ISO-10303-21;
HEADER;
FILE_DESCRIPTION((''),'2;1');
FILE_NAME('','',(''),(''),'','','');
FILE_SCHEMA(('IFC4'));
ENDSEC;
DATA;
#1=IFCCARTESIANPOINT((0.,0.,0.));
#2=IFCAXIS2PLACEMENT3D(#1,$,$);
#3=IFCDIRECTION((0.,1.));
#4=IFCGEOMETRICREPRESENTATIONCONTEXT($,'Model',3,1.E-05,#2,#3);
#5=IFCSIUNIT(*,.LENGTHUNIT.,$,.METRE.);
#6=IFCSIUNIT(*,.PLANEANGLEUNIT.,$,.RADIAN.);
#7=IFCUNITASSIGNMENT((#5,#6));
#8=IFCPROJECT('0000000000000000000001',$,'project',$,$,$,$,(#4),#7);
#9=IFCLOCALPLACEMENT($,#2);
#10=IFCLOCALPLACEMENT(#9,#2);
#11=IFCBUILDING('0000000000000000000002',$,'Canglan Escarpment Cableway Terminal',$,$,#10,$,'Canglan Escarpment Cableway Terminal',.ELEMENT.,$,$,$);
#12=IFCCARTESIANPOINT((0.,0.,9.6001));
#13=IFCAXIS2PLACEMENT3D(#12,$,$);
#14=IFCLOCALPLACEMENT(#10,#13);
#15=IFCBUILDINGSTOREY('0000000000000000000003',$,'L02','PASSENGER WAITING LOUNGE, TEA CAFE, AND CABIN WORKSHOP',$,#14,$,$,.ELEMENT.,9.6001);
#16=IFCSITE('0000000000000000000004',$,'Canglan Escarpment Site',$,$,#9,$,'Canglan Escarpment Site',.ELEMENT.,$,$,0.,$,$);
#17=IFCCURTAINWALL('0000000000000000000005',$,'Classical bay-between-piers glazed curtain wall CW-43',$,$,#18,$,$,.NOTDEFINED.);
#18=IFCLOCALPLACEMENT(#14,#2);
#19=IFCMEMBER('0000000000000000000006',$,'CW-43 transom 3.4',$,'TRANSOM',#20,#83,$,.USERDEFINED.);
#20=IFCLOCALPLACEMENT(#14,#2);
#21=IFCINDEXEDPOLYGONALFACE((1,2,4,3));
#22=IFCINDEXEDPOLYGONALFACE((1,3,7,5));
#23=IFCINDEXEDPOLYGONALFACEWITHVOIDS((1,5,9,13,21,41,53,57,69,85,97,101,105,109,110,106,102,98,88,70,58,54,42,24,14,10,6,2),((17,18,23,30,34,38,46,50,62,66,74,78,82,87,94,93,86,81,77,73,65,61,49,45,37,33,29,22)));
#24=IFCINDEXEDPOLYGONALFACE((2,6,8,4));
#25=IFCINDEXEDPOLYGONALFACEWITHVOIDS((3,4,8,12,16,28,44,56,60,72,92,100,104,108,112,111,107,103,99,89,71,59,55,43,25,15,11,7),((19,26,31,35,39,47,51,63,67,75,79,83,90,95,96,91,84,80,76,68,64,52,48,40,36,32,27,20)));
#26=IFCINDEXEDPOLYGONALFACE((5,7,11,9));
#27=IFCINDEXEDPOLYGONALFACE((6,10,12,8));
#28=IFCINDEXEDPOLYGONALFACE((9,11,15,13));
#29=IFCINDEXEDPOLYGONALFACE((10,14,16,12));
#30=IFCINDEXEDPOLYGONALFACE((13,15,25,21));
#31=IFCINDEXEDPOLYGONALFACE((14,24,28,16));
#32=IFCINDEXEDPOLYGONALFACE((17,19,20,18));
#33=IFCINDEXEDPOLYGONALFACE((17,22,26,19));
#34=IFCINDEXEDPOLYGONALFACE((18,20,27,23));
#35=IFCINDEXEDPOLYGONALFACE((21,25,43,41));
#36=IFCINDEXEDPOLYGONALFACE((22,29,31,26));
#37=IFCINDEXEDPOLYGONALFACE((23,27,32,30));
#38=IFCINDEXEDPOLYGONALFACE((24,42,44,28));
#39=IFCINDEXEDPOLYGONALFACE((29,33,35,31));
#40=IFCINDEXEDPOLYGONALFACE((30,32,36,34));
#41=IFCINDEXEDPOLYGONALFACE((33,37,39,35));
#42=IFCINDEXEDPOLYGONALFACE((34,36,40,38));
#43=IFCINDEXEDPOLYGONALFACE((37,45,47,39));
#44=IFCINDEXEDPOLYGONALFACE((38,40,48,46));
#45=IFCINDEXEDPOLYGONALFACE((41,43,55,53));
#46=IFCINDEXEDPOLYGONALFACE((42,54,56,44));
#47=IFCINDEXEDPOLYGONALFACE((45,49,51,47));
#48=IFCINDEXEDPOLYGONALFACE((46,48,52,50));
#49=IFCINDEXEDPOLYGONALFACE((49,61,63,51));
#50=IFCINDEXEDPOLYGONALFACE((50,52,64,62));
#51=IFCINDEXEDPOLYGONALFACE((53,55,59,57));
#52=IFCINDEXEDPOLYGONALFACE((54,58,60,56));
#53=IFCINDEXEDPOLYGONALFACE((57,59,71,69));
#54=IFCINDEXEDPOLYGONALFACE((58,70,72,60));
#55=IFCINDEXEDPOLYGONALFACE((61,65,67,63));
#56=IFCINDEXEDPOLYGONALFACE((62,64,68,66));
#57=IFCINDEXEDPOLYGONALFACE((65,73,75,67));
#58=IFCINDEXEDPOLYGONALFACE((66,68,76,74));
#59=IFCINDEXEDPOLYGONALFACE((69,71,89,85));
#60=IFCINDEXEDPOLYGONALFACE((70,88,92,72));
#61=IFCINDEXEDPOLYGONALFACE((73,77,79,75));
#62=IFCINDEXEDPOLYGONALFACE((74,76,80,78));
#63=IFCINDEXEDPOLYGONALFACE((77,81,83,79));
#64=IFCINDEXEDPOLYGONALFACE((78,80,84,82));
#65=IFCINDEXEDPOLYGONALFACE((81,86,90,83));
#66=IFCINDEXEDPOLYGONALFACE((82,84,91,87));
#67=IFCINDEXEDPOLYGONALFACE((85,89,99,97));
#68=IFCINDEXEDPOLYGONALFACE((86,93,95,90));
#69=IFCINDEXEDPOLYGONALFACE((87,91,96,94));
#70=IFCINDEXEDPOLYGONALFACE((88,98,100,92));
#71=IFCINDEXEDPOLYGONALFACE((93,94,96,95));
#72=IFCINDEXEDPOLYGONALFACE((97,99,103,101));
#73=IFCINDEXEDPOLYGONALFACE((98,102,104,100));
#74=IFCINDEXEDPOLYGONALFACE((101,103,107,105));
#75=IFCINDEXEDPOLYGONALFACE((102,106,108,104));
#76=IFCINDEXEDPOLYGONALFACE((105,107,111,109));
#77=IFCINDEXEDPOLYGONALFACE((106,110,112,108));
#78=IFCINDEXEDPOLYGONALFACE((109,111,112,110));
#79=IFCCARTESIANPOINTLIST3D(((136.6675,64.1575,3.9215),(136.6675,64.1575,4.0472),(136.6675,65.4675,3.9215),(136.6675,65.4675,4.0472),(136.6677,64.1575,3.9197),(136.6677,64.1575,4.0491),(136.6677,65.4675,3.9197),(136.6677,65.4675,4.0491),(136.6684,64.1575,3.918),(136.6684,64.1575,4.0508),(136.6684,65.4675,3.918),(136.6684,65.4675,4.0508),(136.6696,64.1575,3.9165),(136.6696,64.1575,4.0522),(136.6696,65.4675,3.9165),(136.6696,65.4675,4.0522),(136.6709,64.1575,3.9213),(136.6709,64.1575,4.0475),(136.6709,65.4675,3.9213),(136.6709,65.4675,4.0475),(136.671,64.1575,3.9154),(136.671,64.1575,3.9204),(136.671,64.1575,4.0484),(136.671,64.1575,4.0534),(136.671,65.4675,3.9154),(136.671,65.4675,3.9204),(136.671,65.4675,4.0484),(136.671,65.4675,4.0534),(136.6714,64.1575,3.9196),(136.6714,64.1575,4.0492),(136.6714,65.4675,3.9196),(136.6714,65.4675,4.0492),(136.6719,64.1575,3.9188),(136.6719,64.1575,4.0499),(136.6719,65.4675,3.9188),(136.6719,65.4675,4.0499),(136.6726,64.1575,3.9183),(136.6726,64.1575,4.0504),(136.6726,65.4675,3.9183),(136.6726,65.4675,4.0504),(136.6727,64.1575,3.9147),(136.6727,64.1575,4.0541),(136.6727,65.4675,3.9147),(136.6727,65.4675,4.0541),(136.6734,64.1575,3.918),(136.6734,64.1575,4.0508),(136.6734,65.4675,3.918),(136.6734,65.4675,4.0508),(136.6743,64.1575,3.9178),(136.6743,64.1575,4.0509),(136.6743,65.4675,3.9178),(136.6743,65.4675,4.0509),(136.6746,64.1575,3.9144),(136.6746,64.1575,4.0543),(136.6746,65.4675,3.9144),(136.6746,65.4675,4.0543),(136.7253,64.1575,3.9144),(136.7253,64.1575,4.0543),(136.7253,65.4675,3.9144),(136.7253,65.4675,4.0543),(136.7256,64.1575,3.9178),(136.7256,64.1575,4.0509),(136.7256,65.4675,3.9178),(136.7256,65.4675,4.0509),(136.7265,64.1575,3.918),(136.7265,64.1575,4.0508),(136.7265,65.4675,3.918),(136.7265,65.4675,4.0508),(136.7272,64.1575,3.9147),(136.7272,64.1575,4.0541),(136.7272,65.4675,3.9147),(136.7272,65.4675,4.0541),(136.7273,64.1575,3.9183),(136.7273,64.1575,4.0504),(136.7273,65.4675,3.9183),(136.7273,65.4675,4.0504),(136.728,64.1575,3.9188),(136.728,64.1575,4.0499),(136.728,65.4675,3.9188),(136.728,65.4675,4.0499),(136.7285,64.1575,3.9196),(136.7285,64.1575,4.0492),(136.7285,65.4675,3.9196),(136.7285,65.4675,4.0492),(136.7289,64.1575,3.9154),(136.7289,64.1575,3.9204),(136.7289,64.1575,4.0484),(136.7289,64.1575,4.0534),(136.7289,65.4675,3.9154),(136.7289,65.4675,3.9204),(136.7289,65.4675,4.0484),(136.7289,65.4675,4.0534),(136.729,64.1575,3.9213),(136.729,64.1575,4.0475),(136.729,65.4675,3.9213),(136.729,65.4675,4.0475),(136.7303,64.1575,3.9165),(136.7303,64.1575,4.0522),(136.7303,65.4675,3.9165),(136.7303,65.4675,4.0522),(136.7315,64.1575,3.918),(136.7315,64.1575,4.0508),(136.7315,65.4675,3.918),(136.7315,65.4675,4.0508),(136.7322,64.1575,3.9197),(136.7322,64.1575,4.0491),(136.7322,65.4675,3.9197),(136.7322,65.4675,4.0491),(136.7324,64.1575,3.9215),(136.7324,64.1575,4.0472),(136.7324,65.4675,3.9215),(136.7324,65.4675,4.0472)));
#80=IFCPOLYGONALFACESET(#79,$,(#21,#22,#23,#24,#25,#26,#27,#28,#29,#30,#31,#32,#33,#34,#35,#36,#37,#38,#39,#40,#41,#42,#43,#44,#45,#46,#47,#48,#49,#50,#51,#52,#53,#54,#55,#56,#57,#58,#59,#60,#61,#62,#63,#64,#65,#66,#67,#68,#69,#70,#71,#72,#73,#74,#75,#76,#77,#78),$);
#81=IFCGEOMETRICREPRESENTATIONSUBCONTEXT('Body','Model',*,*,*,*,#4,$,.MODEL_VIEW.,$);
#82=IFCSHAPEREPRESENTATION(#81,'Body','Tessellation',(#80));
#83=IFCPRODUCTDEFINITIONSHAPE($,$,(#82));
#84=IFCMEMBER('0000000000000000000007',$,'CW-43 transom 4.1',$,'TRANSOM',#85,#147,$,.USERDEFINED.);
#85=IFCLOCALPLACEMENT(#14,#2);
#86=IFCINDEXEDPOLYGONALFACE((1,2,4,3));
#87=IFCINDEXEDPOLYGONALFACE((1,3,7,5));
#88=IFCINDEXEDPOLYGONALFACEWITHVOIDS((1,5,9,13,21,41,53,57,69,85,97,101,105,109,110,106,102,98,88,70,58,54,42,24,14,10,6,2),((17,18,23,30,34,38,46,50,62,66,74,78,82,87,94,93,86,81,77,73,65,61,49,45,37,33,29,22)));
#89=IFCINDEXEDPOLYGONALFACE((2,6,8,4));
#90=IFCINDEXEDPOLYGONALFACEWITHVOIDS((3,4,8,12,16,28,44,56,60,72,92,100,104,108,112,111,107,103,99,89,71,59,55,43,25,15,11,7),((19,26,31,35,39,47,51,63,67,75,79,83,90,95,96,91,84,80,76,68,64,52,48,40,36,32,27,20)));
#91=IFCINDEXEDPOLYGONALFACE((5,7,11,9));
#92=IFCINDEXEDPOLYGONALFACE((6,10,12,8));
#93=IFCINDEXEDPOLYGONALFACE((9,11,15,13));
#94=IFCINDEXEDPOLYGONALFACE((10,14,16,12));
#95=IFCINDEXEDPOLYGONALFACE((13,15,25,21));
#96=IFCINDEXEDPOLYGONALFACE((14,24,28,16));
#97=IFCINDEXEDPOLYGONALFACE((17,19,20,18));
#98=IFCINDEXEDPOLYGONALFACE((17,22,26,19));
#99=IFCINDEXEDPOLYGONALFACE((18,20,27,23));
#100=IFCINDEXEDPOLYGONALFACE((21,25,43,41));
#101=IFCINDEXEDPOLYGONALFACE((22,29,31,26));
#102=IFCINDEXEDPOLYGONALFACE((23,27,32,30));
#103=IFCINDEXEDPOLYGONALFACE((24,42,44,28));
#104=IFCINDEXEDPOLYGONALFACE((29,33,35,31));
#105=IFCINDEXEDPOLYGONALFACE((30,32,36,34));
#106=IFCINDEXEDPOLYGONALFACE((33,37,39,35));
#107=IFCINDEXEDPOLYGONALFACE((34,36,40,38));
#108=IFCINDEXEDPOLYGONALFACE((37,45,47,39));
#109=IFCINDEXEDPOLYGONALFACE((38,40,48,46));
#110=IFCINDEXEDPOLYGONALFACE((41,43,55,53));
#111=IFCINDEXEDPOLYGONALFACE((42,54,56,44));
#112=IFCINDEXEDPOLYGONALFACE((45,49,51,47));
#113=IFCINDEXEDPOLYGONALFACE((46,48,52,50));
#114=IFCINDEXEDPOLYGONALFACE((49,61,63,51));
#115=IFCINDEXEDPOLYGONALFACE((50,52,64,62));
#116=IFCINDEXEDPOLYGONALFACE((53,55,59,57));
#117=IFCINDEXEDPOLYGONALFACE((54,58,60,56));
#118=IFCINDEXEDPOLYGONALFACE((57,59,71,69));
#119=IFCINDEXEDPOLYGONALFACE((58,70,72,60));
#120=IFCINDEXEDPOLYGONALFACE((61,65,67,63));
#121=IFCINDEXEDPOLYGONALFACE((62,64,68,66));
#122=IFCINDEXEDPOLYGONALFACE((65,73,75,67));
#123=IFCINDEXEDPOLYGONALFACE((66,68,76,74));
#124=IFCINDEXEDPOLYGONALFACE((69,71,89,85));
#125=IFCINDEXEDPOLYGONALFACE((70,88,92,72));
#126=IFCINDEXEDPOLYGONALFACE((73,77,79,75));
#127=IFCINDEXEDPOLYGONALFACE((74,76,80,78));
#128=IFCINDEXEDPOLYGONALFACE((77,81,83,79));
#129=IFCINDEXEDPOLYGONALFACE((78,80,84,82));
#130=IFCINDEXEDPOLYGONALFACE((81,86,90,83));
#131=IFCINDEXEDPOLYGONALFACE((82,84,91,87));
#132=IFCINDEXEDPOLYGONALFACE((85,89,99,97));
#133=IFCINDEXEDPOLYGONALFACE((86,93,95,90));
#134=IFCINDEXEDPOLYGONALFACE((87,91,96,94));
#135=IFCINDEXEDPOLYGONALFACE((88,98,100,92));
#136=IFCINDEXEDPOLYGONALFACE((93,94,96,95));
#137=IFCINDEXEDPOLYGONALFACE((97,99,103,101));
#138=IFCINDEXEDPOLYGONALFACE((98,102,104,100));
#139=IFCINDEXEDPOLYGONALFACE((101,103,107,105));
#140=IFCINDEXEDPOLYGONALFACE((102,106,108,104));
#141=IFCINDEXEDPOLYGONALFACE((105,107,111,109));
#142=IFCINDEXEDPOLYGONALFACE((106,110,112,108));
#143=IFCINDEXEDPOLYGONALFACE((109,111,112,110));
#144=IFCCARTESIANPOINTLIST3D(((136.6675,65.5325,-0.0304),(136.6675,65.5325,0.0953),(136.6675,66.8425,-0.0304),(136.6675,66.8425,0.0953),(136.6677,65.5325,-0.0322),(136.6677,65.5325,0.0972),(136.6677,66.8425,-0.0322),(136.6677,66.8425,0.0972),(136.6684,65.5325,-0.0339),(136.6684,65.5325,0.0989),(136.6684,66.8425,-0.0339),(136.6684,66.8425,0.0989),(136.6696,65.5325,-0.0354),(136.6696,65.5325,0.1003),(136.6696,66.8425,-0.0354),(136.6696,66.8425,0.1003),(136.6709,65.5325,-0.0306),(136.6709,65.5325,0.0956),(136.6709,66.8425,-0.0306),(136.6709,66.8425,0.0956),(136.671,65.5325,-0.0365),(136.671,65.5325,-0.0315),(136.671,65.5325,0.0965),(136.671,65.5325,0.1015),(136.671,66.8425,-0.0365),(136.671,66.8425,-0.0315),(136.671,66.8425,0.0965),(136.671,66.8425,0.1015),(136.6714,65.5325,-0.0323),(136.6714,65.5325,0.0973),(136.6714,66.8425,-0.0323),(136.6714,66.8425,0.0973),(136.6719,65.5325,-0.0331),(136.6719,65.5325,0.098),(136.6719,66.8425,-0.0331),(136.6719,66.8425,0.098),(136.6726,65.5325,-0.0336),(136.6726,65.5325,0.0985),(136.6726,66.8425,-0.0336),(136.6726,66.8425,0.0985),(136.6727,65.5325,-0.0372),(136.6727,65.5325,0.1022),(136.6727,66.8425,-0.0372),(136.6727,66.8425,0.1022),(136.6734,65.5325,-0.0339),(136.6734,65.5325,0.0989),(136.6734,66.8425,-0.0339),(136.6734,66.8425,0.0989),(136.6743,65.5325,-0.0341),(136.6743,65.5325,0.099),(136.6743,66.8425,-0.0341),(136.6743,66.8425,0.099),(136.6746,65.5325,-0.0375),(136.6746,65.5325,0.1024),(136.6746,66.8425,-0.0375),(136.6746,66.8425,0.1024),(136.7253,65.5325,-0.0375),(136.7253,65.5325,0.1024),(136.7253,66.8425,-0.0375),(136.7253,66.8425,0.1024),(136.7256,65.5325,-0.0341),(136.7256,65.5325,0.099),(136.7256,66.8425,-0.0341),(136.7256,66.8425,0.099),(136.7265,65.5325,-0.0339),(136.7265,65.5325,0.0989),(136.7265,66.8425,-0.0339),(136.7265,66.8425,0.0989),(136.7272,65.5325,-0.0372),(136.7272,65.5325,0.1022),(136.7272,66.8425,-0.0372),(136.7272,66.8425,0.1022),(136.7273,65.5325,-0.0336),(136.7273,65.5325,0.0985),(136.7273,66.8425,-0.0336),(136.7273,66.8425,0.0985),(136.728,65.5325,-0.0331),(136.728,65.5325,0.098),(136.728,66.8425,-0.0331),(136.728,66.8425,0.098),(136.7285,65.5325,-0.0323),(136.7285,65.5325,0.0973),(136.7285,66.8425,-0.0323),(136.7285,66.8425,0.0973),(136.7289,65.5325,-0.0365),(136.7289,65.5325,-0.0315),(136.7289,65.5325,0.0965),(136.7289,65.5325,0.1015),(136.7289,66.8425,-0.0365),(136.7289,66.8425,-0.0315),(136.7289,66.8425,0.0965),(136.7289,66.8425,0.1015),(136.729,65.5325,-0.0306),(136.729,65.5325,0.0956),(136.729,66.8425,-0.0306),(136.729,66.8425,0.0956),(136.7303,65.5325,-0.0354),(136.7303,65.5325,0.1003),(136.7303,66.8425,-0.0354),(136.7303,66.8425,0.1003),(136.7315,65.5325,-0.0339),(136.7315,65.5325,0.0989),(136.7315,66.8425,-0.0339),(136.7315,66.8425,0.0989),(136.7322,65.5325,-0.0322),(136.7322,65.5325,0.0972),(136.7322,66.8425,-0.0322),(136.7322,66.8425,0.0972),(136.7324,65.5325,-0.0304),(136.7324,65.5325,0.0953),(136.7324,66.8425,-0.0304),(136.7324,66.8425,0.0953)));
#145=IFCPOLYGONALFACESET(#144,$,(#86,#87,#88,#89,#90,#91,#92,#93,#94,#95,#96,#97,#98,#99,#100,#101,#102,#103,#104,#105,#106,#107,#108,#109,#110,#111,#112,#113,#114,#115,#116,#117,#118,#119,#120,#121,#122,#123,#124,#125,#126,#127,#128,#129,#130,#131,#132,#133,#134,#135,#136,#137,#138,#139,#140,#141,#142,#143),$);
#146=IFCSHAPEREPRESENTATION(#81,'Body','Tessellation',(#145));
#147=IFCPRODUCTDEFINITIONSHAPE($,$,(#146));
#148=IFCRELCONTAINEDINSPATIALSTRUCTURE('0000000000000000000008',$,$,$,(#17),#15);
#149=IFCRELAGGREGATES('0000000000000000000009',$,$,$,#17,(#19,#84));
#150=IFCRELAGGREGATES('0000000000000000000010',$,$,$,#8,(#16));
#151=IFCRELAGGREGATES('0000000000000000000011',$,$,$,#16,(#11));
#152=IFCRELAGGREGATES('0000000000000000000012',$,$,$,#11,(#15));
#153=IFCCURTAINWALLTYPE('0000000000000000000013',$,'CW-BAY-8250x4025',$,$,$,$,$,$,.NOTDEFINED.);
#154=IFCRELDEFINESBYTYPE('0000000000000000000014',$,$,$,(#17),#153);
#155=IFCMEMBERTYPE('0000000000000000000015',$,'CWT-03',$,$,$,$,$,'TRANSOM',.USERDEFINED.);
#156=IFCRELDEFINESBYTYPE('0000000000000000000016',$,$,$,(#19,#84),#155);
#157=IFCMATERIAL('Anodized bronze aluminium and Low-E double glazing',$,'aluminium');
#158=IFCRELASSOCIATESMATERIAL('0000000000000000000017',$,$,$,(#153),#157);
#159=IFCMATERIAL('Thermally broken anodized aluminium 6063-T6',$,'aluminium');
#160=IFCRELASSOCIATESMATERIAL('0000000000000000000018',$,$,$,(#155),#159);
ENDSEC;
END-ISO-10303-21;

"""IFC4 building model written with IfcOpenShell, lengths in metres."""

from ifc_helpers import new_model, si_unit, direction, frame, origin, origin_2d, place, context, subcontext, project, spatial, hollow_rectangle, extrude, material, material_profile, profile_set, type_object, element, aggregate, save


model = new_model("IFC4")

# Units and contexts
model_context = context("Model", 3, precision=1e-05, world=origin(), true_north=direction((0.0, 1.0)))
body_context = subcontext(model_context, "Body", "Model", "MODEL_VIEW")
ifc_project = project(units=[si_unit("LENGTHUNIT", "METRE"), si_unit("PLANEANGLEUNIT", "RADIAN")], contexts=[model_context])

# Site, building, storey
site_placement = place(None, origin())
site = spatial("IfcSite", under=ifc_project, at=site_placement, Name="Canglan Escarpment Site", LongName="Canglan Escarpment Site", CompositionType="ELEMENT", RefElevation=0.0)
building_placement = place(site_placement, origin())
building = spatial("IfcBuilding", under=site, at=building_placement, Name="Canglan Escarpment Cableway Terminal", LongName="Canglan Escarpment Cableway Terminal", CompositionType="ELEMENT")
storey_placement = place(building_placement, frame((0.0, 0.0, 9.6001)))
storey = spatial("IfcBuildingStorey", under=building, at=storey_placement, Name="L02", Description="PASSENGER WAITING LOUNGE, TEA CAFE, AND CABIN WORKSHOP", CompositionType="ELEMENT", Elevation=9.6001)

# Curtain wall, members
ifc_material_1 = material(Name="Anodized bronze aluminium and Low-E double glazing", Category="aluminium")
curtain_wall_type = type_object("IfcCurtainWallType", Name="CW-BAY-8250x4025", PredefinedType="NOTDEFINED", material=ifc_material_1)
curtain_wall_placement = place(storey_placement, origin())
curtain_wall = element("IfcCurtainWall", 1, at=curtain_wall_placement, inside=storey, type_object=curtain_wall_type, Name="Classical bay-between-piers glazed curtain wall CW-43", PredefinedType="NOTDEFINED")
ifc_material_2 = material(Name="Thermally broken anodized aluminium 6063-T6", Category="aluminium")
ifc_material_profile_1 = material_profile(ifc_material_2, hollow_rectangle(XDim=0.0649, YDim=0.1399, WallThickness=0.0034, InnerFilletRadius=0.0034, OuterFilletRadius=0.0071, at=origin_2d()), Name="ALU-TRAN 65x140x3.5")
ifc_profile_set_1 = profile_set([ifc_material_profile_1], Name="Thermally broken anodized aluminium 6063-T6")
member_type_1 = type_object("IfcMemberType", Name="CWT-03", ElementType="TRANSOM", PredefinedType="USERDEFINED", material=ifc_profile_set_1)
member_1_placement = place(storey_placement, frame((136.7, 64.1575, 3.9844), z_axis=(0.0, 1.0, 0.0), x_axis=(-1.0, 0.0, 0.0)))
member_1 = element("IfcMember", 2, at=member_1_placement, type_object=member_type_1, Name="CW-43 transom 3.4", ObjectType="TRANSOM", PredefinedType="USERDEFINED", context=body_context, shape_type="SweptSolid", body=[
    extrude(hollow_rectangle(XDim=0.0649, YDim=0.1399, WallThickness=0.0034, InnerFilletRadius=0.0034, OuterFilletRadius=0.0071, at=origin_2d()), origin(), (0.0, 0.0, 1.0), 1.3101),
])
member_2_placement = place(storey_placement, frame((136.7, 65.5325, 0.0325), z_axis=(0.0, 1.0, 0.0), x_axis=(-1.0, 0.0, 0.0)))
member_2 = element("IfcMember", 3, at=member_2_placement, type_object=member_type_1, Name="CW-43 transom 4.1", ObjectType="TRANSOM", PredefinedType="USERDEFINED", context=body_context, shape_type="SweptSolid", body=[
    extrude(hollow_rectangle(XDim=0.0649, YDim=0.1399, WallThickness=0.0034, InnerFilletRadius=0.0034, OuterFilletRadius=0.0071, at=origin_2d()), origin(), (0.0, 0.0, 1.0), 1.3101),
])
aggregate(curtain_wall, [member_1, member_2])

save(model, "model.ifc")
